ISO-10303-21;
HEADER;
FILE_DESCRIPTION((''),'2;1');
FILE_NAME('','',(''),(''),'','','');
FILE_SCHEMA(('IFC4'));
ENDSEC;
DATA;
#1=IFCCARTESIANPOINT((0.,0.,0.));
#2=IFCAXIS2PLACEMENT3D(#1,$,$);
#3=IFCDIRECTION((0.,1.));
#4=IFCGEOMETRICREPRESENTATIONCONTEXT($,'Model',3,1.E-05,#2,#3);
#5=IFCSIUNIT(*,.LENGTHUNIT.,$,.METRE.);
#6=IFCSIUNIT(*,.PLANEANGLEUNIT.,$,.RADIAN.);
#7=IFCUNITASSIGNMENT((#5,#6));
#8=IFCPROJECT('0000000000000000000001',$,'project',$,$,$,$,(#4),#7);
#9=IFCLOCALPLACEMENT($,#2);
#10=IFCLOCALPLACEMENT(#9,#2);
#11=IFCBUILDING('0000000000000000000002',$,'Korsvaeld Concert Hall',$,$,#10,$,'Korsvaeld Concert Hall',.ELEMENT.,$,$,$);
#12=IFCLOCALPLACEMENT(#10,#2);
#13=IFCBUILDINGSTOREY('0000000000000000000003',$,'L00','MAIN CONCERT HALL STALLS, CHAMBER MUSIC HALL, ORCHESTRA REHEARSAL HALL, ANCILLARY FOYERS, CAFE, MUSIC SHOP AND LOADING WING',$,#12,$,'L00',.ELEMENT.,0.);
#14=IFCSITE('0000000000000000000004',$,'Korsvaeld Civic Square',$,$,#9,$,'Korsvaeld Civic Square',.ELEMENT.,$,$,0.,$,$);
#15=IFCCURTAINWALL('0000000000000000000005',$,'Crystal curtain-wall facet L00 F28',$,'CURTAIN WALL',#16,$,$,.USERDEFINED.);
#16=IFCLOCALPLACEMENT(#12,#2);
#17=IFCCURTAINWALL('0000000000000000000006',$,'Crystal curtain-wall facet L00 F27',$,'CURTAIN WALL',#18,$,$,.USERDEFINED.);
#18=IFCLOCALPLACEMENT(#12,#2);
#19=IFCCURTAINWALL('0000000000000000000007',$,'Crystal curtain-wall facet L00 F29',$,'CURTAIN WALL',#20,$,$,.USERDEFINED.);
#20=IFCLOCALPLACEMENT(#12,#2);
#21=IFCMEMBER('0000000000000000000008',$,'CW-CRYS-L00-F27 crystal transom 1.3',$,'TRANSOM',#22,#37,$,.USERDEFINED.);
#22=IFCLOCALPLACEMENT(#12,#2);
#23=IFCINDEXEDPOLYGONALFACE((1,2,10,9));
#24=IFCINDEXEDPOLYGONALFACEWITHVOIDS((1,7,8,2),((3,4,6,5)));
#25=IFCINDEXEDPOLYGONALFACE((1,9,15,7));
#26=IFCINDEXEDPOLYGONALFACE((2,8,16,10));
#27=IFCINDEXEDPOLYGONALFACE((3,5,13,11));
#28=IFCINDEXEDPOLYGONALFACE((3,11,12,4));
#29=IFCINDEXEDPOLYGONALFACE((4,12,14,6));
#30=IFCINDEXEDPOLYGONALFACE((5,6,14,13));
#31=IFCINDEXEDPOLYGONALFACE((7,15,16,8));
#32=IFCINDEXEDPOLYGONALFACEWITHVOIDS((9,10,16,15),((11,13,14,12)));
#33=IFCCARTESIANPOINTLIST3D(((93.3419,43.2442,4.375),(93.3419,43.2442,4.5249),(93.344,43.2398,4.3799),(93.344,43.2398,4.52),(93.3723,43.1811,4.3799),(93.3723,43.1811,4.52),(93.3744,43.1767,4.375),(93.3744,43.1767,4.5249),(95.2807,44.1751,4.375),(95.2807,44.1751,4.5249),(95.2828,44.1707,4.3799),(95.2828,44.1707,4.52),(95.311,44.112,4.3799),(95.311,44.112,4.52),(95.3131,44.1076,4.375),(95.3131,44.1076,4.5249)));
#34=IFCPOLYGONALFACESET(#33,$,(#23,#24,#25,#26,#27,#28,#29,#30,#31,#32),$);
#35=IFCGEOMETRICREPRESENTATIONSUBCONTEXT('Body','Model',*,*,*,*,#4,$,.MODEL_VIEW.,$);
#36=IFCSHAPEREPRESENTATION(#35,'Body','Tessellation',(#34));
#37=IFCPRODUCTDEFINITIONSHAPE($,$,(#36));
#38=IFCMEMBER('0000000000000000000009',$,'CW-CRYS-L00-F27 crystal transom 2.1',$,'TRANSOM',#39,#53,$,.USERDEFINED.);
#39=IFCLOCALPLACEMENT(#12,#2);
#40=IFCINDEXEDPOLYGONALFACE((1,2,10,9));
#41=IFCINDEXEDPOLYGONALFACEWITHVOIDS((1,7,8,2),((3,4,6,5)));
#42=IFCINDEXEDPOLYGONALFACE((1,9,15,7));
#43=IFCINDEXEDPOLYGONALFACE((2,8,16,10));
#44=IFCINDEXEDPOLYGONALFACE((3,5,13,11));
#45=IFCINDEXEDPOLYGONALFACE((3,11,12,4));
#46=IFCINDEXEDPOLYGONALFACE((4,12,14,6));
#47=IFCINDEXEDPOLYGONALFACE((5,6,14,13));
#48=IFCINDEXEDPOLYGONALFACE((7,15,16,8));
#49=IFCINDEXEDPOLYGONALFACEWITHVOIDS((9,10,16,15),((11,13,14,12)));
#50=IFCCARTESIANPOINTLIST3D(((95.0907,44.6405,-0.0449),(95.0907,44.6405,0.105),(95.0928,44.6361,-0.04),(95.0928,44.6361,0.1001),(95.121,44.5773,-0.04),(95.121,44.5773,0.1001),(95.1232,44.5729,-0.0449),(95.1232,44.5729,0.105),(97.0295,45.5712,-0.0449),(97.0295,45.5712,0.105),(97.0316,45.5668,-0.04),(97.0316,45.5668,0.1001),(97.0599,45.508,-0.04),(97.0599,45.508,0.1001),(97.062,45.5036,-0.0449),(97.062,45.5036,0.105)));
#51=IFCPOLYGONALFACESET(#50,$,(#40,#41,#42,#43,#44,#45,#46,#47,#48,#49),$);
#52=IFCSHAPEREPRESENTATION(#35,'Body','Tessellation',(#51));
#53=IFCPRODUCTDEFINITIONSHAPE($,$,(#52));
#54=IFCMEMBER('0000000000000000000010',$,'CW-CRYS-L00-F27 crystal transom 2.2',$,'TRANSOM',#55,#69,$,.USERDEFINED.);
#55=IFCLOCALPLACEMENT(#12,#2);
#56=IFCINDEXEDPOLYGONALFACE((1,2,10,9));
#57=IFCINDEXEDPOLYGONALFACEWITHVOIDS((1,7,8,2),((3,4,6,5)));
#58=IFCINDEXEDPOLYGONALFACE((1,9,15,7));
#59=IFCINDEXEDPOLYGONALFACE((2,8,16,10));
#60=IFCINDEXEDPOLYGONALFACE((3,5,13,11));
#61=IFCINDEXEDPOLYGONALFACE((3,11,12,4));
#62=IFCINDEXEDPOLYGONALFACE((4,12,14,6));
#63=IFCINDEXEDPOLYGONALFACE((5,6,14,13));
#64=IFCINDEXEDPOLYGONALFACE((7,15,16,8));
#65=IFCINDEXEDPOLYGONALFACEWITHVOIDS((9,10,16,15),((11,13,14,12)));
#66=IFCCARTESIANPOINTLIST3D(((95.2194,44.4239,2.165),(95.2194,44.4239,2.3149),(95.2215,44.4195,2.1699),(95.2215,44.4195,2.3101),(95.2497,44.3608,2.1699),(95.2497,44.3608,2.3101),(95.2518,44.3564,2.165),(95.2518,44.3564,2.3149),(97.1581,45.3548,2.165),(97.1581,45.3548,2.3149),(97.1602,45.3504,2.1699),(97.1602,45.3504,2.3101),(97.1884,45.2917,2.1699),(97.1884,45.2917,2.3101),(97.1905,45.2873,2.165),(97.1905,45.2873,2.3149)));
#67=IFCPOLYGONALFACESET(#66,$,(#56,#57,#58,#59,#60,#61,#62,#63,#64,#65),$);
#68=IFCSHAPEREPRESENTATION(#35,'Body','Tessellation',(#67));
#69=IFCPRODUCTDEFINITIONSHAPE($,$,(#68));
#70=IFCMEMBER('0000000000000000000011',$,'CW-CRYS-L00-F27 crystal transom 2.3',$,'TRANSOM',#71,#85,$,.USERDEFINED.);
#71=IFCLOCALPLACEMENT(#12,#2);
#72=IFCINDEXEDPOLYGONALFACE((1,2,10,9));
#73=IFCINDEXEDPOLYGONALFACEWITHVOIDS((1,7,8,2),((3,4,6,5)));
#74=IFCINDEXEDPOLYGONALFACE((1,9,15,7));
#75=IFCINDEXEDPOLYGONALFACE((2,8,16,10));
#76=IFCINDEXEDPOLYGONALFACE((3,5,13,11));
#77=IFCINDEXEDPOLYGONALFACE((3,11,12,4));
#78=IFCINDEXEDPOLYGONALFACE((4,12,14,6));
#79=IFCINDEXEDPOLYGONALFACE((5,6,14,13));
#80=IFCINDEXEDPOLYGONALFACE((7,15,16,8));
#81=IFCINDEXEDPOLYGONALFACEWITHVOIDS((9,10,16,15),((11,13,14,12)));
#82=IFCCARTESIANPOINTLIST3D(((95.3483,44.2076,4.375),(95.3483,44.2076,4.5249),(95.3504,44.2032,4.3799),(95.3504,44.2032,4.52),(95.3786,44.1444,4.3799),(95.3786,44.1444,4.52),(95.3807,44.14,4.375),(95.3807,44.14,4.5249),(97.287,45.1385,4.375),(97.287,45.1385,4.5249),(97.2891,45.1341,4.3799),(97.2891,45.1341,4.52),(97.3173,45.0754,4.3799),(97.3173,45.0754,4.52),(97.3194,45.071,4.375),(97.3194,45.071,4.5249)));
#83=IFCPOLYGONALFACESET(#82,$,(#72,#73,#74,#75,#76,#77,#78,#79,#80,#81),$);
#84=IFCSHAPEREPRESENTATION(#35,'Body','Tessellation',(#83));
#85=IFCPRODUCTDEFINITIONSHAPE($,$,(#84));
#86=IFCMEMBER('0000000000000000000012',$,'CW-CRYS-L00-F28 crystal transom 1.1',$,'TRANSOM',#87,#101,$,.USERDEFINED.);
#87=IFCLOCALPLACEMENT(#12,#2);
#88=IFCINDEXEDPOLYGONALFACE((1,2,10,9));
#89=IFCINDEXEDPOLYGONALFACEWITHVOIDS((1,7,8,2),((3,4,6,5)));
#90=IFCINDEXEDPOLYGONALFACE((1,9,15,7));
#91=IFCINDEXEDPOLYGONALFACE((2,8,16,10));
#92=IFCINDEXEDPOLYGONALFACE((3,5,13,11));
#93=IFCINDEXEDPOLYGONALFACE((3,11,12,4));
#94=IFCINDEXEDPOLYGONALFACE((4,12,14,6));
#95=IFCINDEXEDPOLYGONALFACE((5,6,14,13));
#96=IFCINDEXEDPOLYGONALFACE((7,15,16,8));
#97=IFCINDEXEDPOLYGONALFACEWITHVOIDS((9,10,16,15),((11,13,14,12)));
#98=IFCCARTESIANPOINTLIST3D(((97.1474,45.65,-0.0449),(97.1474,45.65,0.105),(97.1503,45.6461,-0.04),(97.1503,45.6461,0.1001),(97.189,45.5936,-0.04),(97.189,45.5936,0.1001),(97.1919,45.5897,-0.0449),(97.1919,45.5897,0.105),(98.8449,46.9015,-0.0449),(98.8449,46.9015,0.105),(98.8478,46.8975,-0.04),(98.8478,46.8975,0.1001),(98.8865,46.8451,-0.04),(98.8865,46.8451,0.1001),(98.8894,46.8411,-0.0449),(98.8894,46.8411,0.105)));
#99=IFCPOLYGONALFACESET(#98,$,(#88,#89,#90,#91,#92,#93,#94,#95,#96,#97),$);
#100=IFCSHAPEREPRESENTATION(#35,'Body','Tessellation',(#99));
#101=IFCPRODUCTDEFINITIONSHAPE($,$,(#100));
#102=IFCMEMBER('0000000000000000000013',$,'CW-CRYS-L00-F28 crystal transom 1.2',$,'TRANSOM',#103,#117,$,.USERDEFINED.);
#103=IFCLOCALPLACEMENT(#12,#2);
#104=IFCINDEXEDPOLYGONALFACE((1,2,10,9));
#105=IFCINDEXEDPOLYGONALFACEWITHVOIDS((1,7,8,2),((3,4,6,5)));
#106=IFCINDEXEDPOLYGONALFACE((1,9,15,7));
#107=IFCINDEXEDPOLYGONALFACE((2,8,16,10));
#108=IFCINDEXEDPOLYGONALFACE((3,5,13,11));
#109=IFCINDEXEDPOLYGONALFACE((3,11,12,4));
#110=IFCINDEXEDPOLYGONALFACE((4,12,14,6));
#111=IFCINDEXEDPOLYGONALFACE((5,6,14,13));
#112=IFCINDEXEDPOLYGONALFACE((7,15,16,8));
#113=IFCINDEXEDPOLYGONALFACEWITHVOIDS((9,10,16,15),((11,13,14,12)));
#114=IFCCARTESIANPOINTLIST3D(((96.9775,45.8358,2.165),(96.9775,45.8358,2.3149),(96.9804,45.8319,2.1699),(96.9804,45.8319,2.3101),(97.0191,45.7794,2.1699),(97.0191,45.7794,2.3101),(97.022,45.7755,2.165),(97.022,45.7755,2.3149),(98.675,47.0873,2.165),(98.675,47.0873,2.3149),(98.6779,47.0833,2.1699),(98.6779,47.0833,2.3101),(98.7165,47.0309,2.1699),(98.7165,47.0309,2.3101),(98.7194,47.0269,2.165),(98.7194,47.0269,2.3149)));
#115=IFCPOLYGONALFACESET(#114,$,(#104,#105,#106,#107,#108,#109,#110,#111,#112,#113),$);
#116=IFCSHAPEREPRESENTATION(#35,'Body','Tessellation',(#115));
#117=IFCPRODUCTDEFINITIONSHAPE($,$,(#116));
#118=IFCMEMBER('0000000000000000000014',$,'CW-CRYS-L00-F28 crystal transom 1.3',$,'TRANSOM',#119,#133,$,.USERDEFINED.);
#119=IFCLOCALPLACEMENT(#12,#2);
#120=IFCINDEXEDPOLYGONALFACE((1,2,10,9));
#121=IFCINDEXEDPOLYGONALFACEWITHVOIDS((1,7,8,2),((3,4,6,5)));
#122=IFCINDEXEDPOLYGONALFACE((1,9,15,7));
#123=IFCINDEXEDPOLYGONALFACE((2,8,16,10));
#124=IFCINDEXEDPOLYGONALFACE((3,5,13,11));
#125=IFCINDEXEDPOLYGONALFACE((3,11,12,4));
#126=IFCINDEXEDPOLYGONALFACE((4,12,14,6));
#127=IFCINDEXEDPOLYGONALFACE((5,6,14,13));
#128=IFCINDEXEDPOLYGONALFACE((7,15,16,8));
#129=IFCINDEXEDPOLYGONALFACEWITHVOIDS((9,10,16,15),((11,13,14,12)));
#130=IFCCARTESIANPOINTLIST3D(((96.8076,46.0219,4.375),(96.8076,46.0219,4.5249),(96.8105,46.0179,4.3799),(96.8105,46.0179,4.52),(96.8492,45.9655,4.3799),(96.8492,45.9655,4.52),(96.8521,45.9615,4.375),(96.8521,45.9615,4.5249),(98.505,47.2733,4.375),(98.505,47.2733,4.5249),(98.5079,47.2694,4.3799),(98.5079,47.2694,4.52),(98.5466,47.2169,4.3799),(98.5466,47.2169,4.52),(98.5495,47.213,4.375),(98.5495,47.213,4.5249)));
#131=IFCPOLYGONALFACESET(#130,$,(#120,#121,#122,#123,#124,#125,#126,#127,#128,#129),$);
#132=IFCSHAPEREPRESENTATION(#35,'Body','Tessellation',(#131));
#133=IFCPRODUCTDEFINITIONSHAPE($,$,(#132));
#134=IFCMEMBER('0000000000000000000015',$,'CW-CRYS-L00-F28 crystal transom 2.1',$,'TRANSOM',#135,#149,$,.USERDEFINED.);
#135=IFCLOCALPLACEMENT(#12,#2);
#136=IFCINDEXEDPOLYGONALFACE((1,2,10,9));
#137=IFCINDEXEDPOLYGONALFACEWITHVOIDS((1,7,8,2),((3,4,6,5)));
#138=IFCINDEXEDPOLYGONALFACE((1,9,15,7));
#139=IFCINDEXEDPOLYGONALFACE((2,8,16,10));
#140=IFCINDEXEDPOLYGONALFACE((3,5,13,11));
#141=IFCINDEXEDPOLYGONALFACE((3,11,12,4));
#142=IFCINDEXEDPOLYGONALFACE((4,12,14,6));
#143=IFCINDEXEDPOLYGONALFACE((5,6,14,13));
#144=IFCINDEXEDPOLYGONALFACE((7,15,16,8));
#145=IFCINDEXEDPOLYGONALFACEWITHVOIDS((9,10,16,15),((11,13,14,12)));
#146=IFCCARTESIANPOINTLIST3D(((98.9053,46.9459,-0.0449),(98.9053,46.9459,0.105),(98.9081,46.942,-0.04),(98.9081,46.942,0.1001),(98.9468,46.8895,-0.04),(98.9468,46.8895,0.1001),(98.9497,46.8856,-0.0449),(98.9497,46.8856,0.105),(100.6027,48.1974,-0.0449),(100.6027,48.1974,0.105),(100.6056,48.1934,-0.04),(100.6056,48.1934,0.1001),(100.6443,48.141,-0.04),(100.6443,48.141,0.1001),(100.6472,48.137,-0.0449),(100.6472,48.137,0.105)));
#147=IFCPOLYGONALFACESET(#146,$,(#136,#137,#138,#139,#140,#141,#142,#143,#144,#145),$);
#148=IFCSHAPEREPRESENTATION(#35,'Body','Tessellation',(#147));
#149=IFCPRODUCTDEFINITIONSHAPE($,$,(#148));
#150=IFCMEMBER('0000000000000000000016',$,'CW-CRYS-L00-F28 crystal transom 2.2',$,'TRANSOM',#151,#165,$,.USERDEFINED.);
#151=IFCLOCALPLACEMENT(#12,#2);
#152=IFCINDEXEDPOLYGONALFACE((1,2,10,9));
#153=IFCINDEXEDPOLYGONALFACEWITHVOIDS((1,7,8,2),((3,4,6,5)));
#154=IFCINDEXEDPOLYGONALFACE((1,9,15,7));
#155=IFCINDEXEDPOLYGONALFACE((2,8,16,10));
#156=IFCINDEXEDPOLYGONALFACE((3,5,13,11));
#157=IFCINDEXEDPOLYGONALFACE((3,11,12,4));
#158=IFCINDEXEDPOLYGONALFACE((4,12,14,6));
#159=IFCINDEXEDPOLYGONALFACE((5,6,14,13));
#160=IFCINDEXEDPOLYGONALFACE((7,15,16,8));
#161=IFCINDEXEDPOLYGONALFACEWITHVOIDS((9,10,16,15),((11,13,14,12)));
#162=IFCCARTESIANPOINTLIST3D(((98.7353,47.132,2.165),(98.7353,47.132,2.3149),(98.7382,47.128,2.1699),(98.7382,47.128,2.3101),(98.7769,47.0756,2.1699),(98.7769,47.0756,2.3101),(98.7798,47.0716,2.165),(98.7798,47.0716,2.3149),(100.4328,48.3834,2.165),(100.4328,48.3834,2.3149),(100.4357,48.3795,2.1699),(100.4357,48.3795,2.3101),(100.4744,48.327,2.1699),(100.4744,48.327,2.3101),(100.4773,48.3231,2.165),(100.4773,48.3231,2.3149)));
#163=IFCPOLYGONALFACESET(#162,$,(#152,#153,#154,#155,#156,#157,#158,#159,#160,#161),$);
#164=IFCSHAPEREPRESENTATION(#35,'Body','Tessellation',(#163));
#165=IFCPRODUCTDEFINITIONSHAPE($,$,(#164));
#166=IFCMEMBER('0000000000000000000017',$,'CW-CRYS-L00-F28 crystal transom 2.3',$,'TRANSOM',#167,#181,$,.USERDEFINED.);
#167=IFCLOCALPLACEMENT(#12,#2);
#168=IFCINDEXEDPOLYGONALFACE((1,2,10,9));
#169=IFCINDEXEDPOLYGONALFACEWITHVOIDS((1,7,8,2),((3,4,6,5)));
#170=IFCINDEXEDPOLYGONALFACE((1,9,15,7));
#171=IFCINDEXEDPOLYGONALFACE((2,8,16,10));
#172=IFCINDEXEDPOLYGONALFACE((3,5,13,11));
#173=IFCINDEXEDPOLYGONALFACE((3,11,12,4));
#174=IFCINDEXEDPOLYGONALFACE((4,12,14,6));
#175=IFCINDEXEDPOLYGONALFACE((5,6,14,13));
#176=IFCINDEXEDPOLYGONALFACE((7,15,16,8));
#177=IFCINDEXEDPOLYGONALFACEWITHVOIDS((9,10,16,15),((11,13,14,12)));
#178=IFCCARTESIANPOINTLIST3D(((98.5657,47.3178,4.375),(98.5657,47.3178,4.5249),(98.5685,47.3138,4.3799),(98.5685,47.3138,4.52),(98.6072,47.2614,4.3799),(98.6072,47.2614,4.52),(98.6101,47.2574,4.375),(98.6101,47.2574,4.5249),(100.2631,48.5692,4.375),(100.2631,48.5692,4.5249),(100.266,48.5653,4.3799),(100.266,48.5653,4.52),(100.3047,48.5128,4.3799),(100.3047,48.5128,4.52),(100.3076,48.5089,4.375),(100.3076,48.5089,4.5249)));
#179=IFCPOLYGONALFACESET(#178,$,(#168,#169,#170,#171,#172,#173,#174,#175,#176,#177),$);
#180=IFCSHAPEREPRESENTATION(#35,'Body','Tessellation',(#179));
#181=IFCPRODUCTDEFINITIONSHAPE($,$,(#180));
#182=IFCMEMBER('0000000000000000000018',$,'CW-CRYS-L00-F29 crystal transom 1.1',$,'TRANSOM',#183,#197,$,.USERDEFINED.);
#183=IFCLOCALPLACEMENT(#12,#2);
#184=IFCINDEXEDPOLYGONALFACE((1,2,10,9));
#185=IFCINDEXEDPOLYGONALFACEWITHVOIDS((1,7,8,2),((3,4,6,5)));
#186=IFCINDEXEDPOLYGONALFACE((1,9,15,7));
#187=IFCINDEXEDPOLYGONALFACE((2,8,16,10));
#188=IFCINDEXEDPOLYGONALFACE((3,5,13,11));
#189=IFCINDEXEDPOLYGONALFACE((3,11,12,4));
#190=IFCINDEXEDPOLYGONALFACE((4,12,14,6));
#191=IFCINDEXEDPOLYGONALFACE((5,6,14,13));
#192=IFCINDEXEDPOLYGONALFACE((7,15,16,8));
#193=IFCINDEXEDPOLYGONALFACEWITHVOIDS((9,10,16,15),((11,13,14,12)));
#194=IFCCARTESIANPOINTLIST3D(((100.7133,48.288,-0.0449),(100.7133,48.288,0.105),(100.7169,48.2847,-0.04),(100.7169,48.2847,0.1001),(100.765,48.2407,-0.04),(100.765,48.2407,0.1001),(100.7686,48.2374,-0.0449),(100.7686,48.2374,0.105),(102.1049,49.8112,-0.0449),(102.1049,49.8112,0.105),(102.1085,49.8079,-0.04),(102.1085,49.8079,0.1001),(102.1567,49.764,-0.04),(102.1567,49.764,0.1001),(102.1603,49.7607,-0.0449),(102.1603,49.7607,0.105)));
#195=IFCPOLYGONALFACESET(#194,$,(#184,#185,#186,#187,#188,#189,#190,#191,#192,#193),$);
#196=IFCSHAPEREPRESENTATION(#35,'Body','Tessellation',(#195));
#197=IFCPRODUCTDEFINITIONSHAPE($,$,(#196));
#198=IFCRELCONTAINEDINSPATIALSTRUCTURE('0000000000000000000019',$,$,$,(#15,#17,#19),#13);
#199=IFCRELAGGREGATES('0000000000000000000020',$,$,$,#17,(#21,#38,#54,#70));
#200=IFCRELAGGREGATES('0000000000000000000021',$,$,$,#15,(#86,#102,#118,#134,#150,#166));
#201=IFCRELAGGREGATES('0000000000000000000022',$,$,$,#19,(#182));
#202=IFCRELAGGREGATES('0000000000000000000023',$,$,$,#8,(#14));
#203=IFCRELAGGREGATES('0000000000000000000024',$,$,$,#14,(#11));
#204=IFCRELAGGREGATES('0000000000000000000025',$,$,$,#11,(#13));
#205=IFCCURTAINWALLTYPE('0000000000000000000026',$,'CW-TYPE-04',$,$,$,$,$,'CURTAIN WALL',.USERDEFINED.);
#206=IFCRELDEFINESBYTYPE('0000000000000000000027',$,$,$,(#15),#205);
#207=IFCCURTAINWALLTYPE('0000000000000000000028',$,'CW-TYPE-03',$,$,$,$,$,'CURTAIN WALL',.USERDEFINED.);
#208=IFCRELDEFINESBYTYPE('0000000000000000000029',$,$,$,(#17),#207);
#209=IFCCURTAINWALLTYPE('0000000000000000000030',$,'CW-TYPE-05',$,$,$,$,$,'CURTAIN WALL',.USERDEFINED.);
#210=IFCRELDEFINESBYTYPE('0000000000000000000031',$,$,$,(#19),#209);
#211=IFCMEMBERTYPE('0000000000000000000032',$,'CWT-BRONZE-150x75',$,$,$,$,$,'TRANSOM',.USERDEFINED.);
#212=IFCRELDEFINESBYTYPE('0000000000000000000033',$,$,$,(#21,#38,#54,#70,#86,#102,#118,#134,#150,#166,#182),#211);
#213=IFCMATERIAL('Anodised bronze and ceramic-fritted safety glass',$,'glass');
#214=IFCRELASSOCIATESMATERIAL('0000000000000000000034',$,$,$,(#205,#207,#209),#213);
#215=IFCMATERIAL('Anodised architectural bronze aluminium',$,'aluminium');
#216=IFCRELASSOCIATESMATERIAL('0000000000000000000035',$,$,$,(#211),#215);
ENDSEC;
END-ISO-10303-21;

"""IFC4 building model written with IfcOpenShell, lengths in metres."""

from ifc_helpers import new_model, si_unit, direction, frame, origin, origin_2d, place, context, subcontext, project, spatial, hollow_rectangle, extrude, material, material_profile, profile_set, type_object, element, aggregate, save


model = new_model("IFC4")

# Units and contexts
model_context = context("Model", 3, precision=1e-05, world=origin(), true_north=direction((0.0, 1.0)))
body_context = subcontext(model_context, "Body", "Model", "MODEL_VIEW")
ifc_project = project(units=[si_unit("LENGTHUNIT", "METRE"), si_unit("PLANEANGLEUNIT", "RADIAN")], contexts=[model_context])

# Site, building, storey
site_placement = place(None, origin())
site = spatial("IfcSite", under=ifc_project, at=site_placement, Name="Korsvaeld Civic Square", LongName="Korsvaeld Civic Square", CompositionType="ELEMENT", RefElevation=0.0)
building_placement = place(site_placement, origin())
building = spatial("IfcBuilding", under=site, at=building_placement, Name="Korsvaeld Concert Hall", LongName="Korsvaeld Concert Hall", CompositionType="ELEMENT")
storey_placement = place(building_placement, origin())
storey = spatial("IfcBuildingStorey", under=building, at=storey_placement, Name="L00", Description="MAIN CONCERT HALL STALLS, CHAMBER MUSIC HALL, ORCHESTRA REHEARSAL HALL, ANCILLARY FOYERS, CAFE, MUSIC SHOP AND LOADING WING", LongName="L00", CompositionType="ELEMENT", Elevation=0.0)

# Curtain walls
ifc_material_1 = material(Name="Anodised bronze and ceramic-fritted safety glass", Category="glass")
curtain_wall_type_1 = type_object("IfcCurtainWallType", Name="CW-TYPE-04", ElementType="CURTAIN WALL", PredefinedType="USERDEFINED", material=ifc_material_1)
curtain_wall_1_placement = place(storey_placement, origin())
curtain_wall_1 = element("IfcCurtainWall", 1, at=curtain_wall_1_placement, inside=storey, type_object=curtain_wall_type_1, Name="Crystal curtain-wall facet L00 F28", ObjectType="CURTAIN WALL", PredefinedType="USERDEFINED")
ifc_material_2 = material(Name="Anodised architectural bronze aluminium", Category="aluminium")
curtain_wall_type_2 = type_object("IfcCurtainWallType", Name="CW-TYPE-03", ElementType="CURTAIN WALL", PredefinedType="USERDEFINED", material=ifc_material_1)
curtain_wall_2_placement = place(storey_placement, origin())
curtain_wall_2 = element("IfcCurtainWall", 2, at=curtain_wall_2_placement, inside=storey, type_object=curtain_wall_type_2, Name="Crystal curtain-wall facet L00 F27", ObjectType="CURTAIN WALL", PredefinedType="USERDEFINED")

# Curtain wall
curtain_wall_type_3 = type_object("IfcCurtainWallType", Name="CW-TYPE-05", ElementType="CURTAIN WALL", PredefinedType="USERDEFINED", material=ifc_material_1)
curtain_wall_3_placement = place(storey_placement, origin())
curtain_wall_3 = element("IfcCurtainWall", 3, at=curtain_wall_3_placement, inside=storey, type_object=curtain_wall_type_3, Name="Crystal curtain-wall facet L00 F29", ObjectType="CURTAIN WALL", PredefinedType="USERDEFINED")

# Members
ifc_material_profile_1 = material_profile(ifc_material_2, hollow_rectangle(XDim=0.075, YDim=0.1499, WallThickness=0.0049, at=origin_2d()), Name="CWT 150x75x5")
ifc_profile_set_1 = profile_set([ifc_material_profile_1], Name="Anodised architectural bronze aluminium")
member_type_1 = type_object("IfcMemberType", Name="CWT-BRONZE-150x75", ElementType="TRANSOM", PredefinedType="USERDEFINED", material=ifc_profile_set_1)
member_1_placement = place(storey_placement, frame((93.3582, 43.2104, 4.45), z_axis=(0.901465, 0.432853, 0.0), x_axis=(-0.432853, 0.901465, 0.0)))
member_1 = element("IfcMember", 4, at=member_1_placement, type_object=member_type_1, Name="CW-CRYS-L00-F27 crystal transom 1.3", ObjectType="TRANSOM", PredefinedType="USERDEFINED", context=body_context, shape_type="SweptSolid", body=[
    extrude(hollow_rectangle(XDim=0.075, YDim=0.1499, WallThickness=0.0049, at=origin_2d()), origin(), (0.0, 0.0, 1.0), 2.1506),
])
member_2_placement = place(storey_placement, frame((95.1069, 44.6067, 0.03), z_axis=(0.901509, 0.432761, 0.0), x_axis=(-0.432761, 0.901509, 0.0)))
member_2 = element("IfcMember", 5, at=member_2_placement, type_object=member_type_1, Name="CW-CRYS-L00-F27 crystal transom 2.1", ObjectType="TRANSOM", PredefinedType="USERDEFINED", context=body_context, shape_type="SweptSolid", body=[
    extrude(hollow_rectangle(XDim=0.075, YDim=0.1499, WallThickness=0.0049, at=origin_2d()), origin(), (0.0, 0.0, 1.0), 2.1506),
])
member_3_placement = place(storey_placement, frame((95.2356, 44.3901, 2.24), z_axis=(0.901465, 0.432853, 0.0), x_axis=(-0.432853, 0.901465, 0.0)))
member_3 = element("IfcMember", 6, at=member_3_placement, type_object=member_type_1, Name="CW-CRYS-L00-F27 crystal transom 2.2", ObjectType="TRANSOM", PredefinedType="USERDEFINED", context=body_context, shape_type="SweptSolid", body=[
    extrude(hollow_rectangle(XDim=0.075, YDim=0.1499, WallThickness=0.0049, at=origin_2d()), origin(), (0.0, 0.0, 1.0), 2.1506),
])
member_4_placement = place(storey_placement, frame((95.3645, 44.1738, 4.45), z_axis=(0.901465, 0.432853, 0.0), x_axis=(-0.432853, 0.901465, 0.0)))
member_4 = element("IfcMember", 7, at=member_4_placement, type_object=member_type_1, Name="CW-CRYS-L00-F27 crystal transom 2.3", ObjectType="TRANSOM", PredefinedType="USERDEFINED", context=body_context, shape_type="SweptSolid", body=[
    extrude(hollow_rectangle(XDim=0.075, YDim=0.1499, WallThickness=0.0049, at=origin_2d()), origin(), (0.0, 0.0, 1.0), 2.1506),
])
member_5_placement = place(storey_placement, frame((97.1697, 45.6199, 0.03), z_axis=(0.804905, 0.593404, 0.0), x_axis=(-0.593404, 0.804905, 0.0)))
member_5 = element("IfcMember", 8, at=member_5_placement, type_object=member_type_1, Name="CW-CRYS-L00-F28 crystal transom 1.1", ObjectType="TRANSOM", PredefinedType="USERDEFINED", context=body_context, shape_type="SweptSolid", body=[
    extrude(hollow_rectangle(XDim=0.075, YDim=0.1499, WallThickness=0.0049, at=origin_2d()), origin(), (0.0, 0.0, 1.0), 2.1089),
])
member_6_placement = place(storey_placement, frame((96.9998, 45.8057, 2.24), z_axis=(0.804905, 0.593404, 0.0), x_axis=(-0.593404, 0.804905, 0.0)))
member_6 = element("IfcMember", 9, at=member_6_placement, type_object=member_type_1, Name="CW-CRYS-L00-F28 crystal transom 1.2", ObjectType="TRANSOM", PredefinedType="USERDEFINED", context=body_context, shape_type="SweptSolid", body=[
    extrude(hollow_rectangle(XDim=0.075, YDim=0.1499, WallThickness=0.0049, at=origin_2d()), origin(), (0.0, 0.0, 1.0), 2.1089),
])
member_7_placement = place(storey_placement, frame((96.8298, 45.9917, 4.45), z_axis=(0.804905, 0.593404, 0.0), x_axis=(-0.593404, 0.804905, 0.0)))
member_7 = element("IfcMember", 10, at=member_7_placement, type_object=member_type_1, Name="CW-CRYS-L00-F28 crystal transom 1.3", ObjectType="TRANSOM", PredefinedType="USERDEFINED", context=body_context, shape_type="SweptSolid", body=[
    extrude(hollow_rectangle(XDim=0.075, YDim=0.1499, WallThickness=0.0049, at=origin_2d()), origin(), (0.0, 0.0, 1.0), 2.1089),
])
member_8_placement = place(storey_placement, frame((98.9275, 46.9158, 0.03), z_axis=(0.804905, 0.593404, 0.0), x_axis=(-0.593404, 0.804905, 0.0)))
member_8 = element("IfcMember", 11, at=member_8_placement, type_object=member_type_1, Name="CW-CRYS-L00-F28 crystal transom 2.1", ObjectType="TRANSOM", PredefinedType="USERDEFINED", context=body_context, shape_type="SweptSolid", body=[
    extrude(hollow_rectangle(XDim=0.075, YDim=0.1499, WallThickness=0.0049, at=origin_2d()), origin(), (0.0, 0.0, 1.0), 2.1089),
])
member_9_placement = place(storey_placement, frame((98.7576, 47.1018, 2.24), z_axis=(0.804905, 0.593404, 0.0), x_axis=(-0.593404, 0.804905, 0.0)))
member_9 = element("IfcMember", 12, at=member_9_placement, type_object=member_type_1, Name="CW-CRYS-L00-F28 crystal transom 2.2", ObjectType="TRANSOM", PredefinedType="USERDEFINED", context=body_context, shape_type="SweptSolid", body=[
    extrude(hollow_rectangle(XDim=0.075, YDim=0.1499, WallThickness=0.0049, at=origin_2d()), origin(), (0.0, 0.0, 1.0), 2.1089),
])
member_10_placement = place(storey_placement, frame((98.5879, 47.2876, 4.45), z_axis=(0.804905, 0.593404, 0.0), x_axis=(-0.593404, 0.804905, 0.0)))
member_10 = element("IfcMember", 13, at=member_10_placement, type_object=member_type_1, Name="CW-CRYS-L00-F28 crystal transom 2.3", ObjectType="TRANSOM", PredefinedType="USERDEFINED", context=body_context, shape_type="SweptSolid", body=[
    extrude(hollow_rectangle(XDim=0.075, YDim=0.1499, WallThickness=0.0049, at=origin_2d()), origin(), (0.0, 0.0, 1.0), 2.1089),
])
member_11_placement = place(storey_placement, frame((100.741, 48.2627, 0.03), z_axis=(0.674497, 0.738278, 0.0), x_axis=(-0.738278, 0.674497, 0.0)))
member_11 = element("IfcMember", 14, at=member_11_placement, type_object=member_type_1, Name="CW-CRYS-L00-F29 crystal transom 1.1", ObjectType="TRANSOM", PredefinedType="USERDEFINED", context=body_context, shape_type="SweptSolid", body=[
    extrude(hollow_rectangle(XDim=0.075, YDim=0.1499, WallThickness=0.0049, at=origin_2d()), origin(), (0.0, 0.0, 1.0), 2.0632),
])

aggregate(curtain_wall_2, [member_1, member_2, member_3, member_4])
aggregate(curtain_wall_1, [member_5, member_6, member_7, member_8, member_9, member_10])
aggregate(curtain_wall_3, [member_11])

save(model, "model.ifc")
